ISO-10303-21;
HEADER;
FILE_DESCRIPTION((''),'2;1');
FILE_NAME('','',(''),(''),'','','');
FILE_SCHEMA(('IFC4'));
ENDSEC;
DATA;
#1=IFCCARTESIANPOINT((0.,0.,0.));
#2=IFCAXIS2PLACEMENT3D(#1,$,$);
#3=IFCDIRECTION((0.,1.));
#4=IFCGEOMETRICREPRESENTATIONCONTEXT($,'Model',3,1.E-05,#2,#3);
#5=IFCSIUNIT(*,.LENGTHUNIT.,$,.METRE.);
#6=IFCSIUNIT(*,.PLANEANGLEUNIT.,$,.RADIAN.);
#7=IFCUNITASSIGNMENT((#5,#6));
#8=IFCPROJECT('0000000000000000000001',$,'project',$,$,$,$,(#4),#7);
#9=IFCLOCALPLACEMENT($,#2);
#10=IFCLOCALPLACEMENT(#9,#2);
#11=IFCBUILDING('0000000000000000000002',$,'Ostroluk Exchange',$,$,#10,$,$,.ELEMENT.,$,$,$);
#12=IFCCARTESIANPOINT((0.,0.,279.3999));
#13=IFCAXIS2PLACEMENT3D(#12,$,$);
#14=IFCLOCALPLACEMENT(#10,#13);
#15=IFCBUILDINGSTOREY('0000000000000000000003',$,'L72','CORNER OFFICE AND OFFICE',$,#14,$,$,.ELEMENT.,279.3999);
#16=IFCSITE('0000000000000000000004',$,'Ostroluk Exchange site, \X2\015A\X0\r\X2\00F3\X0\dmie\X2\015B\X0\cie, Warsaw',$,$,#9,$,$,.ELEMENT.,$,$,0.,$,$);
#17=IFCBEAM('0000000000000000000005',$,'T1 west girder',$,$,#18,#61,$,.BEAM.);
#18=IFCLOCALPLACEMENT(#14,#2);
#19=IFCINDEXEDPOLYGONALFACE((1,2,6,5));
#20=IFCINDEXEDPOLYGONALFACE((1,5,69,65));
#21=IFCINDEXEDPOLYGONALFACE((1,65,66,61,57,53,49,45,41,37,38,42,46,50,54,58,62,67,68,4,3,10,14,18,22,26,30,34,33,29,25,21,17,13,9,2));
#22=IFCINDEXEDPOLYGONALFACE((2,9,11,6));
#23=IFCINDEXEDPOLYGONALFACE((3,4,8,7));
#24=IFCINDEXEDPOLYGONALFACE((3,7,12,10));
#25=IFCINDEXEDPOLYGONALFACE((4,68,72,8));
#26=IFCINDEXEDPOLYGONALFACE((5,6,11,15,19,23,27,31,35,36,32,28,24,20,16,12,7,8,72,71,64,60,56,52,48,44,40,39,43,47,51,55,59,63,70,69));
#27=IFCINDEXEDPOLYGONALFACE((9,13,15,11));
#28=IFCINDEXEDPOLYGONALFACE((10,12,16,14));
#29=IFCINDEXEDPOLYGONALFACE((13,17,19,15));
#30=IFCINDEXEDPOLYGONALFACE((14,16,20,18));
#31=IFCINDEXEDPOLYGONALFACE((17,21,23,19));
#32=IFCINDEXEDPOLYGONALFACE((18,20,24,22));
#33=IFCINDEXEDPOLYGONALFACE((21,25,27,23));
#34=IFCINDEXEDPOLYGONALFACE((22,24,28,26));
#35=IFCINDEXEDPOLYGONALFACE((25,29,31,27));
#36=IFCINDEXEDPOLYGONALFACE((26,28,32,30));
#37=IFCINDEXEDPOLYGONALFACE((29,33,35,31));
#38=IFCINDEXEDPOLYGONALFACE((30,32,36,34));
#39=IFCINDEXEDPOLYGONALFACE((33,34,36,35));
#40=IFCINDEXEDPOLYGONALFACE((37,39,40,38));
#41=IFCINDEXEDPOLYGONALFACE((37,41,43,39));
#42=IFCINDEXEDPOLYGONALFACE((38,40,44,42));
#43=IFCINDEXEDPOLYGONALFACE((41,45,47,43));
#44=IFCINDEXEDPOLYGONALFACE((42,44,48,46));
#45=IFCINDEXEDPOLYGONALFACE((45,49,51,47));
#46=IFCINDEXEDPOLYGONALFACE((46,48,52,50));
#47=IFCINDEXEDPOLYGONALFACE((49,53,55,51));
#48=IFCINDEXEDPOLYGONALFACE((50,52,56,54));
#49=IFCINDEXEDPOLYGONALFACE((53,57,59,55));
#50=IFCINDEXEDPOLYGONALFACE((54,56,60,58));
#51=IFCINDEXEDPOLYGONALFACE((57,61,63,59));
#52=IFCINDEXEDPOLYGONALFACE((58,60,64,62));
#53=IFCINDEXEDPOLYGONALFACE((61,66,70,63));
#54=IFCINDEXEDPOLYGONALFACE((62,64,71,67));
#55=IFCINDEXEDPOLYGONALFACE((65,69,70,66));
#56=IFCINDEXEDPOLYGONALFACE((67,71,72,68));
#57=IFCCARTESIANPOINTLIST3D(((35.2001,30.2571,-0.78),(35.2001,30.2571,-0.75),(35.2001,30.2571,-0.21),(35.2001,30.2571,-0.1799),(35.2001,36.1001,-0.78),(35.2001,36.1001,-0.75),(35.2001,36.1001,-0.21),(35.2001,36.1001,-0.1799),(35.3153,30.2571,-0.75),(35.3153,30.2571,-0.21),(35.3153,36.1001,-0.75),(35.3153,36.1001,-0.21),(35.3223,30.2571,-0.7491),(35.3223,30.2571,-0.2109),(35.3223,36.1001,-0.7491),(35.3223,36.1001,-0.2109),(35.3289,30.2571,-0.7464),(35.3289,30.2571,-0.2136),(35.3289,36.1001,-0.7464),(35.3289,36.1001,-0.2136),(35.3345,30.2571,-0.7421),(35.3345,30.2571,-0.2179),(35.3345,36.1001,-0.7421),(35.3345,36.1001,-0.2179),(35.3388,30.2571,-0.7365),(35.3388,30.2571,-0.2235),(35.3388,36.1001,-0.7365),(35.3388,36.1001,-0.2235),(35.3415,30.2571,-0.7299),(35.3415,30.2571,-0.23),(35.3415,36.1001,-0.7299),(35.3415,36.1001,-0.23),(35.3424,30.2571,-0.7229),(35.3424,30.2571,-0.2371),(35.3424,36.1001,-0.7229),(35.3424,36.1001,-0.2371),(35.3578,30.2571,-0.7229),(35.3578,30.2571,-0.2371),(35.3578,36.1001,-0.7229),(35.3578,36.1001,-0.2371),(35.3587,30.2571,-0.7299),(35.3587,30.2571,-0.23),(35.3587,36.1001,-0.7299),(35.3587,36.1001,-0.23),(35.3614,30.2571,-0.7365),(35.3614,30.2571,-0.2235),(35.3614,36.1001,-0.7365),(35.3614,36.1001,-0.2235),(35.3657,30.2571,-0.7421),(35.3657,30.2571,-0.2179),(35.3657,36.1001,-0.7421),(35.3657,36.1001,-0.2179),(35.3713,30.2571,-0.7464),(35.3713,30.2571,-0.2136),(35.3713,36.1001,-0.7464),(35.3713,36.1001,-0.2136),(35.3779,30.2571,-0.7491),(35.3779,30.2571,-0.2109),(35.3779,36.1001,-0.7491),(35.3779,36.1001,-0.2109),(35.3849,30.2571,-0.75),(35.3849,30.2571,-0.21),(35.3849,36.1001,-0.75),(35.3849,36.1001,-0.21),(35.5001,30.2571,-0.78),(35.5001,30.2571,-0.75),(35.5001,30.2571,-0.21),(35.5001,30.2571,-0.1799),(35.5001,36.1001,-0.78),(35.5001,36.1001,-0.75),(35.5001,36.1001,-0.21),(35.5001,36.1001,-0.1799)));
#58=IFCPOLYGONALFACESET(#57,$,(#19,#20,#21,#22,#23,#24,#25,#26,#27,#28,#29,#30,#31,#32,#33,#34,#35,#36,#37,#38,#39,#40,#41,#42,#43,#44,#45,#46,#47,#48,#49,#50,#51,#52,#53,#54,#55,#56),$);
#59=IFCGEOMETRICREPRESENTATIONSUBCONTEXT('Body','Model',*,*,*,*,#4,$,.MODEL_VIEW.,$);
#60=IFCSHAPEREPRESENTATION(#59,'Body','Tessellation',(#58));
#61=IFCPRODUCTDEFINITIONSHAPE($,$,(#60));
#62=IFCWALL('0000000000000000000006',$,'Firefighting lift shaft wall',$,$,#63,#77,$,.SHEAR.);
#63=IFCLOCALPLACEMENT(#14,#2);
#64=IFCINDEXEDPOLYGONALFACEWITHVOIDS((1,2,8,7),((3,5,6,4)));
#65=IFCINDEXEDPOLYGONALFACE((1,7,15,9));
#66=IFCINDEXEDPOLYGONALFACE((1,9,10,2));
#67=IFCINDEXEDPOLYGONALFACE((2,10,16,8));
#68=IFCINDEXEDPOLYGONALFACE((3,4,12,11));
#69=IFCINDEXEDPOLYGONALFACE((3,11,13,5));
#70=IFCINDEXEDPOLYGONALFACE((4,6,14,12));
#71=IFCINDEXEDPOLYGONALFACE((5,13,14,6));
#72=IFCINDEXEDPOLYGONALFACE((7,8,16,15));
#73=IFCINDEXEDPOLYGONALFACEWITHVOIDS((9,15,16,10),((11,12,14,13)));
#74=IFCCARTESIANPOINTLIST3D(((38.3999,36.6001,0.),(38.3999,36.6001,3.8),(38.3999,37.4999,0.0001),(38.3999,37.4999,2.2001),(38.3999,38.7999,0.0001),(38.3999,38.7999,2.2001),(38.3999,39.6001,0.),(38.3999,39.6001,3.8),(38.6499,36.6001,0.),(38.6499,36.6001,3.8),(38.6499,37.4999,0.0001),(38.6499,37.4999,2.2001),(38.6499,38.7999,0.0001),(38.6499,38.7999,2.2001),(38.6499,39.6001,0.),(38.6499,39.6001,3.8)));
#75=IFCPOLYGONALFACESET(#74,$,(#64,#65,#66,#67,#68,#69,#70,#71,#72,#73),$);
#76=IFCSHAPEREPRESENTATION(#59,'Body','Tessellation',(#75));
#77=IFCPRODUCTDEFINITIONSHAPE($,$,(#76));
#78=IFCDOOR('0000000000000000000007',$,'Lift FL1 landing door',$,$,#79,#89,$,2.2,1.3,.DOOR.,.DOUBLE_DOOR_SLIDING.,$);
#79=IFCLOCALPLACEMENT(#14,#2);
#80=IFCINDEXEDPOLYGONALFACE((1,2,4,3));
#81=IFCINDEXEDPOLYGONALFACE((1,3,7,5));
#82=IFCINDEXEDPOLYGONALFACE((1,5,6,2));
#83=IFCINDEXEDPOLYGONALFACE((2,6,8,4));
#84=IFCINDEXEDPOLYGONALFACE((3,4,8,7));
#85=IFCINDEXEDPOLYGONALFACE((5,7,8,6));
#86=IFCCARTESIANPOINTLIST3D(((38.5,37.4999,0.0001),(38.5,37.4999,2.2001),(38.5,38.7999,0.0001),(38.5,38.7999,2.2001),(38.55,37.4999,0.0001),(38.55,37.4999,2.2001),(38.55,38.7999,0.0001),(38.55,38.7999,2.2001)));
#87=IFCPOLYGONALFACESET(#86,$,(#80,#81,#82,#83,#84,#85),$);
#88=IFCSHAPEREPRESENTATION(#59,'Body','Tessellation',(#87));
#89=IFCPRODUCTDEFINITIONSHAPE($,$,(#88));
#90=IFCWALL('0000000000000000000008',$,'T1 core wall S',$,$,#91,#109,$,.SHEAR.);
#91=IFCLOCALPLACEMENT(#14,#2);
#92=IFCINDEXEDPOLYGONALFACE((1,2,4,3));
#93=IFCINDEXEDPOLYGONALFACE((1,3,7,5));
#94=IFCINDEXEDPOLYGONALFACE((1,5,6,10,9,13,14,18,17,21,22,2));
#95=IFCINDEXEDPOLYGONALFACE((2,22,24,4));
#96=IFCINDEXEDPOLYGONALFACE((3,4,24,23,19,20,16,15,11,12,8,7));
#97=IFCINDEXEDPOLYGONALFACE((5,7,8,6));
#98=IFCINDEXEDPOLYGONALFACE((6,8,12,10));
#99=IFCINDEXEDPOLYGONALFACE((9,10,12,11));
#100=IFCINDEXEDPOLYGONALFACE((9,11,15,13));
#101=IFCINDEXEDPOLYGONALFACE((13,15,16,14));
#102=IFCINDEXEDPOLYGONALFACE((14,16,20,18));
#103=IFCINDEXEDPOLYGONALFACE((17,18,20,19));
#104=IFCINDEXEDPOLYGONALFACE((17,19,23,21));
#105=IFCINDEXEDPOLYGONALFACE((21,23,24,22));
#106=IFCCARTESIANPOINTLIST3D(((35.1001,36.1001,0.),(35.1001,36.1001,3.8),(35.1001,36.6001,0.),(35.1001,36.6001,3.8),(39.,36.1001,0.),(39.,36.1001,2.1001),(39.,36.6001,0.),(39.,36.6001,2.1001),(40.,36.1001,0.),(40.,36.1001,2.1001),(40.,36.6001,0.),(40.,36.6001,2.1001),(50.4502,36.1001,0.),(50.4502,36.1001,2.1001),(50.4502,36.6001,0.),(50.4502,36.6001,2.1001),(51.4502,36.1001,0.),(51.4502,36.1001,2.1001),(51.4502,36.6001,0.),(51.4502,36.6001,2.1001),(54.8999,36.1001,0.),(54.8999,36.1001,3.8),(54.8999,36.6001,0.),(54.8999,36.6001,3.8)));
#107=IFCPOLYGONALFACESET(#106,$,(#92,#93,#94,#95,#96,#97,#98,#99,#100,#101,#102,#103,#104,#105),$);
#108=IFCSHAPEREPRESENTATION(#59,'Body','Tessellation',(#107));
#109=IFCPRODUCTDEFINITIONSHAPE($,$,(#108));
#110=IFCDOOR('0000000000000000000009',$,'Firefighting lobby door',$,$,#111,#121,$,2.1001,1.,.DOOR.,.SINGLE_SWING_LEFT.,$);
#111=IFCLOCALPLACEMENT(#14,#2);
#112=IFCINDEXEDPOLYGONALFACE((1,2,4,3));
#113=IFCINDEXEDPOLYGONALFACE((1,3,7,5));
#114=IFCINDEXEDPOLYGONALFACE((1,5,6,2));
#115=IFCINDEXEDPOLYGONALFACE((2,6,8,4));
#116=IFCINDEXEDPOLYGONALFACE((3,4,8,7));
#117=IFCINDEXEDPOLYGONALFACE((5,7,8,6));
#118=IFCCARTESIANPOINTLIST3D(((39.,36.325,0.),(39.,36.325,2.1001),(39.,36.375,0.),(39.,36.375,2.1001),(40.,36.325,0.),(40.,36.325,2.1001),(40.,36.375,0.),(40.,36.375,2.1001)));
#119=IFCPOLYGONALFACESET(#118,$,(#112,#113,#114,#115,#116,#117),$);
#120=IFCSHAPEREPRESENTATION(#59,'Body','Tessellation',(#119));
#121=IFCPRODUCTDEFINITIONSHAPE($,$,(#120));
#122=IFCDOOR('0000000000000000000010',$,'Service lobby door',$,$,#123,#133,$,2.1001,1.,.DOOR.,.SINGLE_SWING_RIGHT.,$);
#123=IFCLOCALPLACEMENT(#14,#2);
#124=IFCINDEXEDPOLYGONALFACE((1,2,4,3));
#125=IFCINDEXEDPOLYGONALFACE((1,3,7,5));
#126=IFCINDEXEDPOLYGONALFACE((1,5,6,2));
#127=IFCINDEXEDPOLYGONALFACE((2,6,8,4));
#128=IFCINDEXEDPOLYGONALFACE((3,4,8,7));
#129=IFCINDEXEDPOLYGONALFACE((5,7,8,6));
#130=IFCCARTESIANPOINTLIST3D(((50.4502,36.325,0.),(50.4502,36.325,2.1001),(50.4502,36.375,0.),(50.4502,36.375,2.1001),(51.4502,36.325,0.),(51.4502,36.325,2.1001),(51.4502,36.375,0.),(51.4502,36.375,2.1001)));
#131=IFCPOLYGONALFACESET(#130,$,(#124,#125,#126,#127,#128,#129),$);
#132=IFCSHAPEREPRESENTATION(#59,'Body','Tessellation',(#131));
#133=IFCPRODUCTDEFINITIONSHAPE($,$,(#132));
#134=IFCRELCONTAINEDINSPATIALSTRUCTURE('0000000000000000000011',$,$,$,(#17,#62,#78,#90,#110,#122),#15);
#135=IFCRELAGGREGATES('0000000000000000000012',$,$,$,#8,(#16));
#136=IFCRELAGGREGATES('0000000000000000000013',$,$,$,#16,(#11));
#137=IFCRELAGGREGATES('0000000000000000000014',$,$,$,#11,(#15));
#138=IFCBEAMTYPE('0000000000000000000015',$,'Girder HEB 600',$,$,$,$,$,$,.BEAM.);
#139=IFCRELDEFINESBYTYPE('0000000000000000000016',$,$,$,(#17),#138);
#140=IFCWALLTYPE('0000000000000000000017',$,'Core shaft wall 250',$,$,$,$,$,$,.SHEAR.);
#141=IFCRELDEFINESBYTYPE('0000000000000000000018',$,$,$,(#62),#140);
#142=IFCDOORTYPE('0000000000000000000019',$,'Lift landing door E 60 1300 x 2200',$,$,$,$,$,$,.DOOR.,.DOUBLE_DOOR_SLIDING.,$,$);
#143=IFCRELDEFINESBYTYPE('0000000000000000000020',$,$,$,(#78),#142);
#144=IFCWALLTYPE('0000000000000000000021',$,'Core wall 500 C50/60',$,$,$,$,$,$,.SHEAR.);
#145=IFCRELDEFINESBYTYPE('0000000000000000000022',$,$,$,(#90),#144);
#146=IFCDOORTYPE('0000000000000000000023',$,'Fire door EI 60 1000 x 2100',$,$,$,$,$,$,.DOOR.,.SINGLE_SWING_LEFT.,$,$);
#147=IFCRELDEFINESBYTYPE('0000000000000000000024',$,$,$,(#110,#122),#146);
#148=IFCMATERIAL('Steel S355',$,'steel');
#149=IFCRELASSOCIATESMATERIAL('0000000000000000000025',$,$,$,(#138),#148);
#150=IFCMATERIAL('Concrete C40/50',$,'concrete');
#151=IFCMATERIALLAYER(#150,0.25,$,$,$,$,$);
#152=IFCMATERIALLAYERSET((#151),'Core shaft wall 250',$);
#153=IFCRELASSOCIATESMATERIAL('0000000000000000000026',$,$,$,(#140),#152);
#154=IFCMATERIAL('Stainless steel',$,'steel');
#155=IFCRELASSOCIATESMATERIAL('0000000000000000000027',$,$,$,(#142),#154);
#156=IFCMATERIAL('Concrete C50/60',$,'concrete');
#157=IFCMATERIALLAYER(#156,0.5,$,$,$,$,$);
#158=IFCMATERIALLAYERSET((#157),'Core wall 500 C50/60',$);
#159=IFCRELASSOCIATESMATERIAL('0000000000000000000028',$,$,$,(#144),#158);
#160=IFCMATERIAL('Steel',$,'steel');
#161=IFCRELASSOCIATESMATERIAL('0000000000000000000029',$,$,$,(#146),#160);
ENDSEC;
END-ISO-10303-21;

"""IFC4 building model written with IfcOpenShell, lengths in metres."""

from ifc_helpers import new_model, si_unit, direction, frame, frame_2d, origin, origin_2d, place, context, subcontext, project, spatial, rectangle, i_section, extrude, material, layer, layer_set, material_profile, profile_set, type_object, element, fill, save


model = new_model("IFC4")

# Units and contexts
model_context = context("Model", 3, precision=1e-05, world=origin(), true_north=direction((0.0, 1.0)))
body_context = subcontext(model_context, "Body", "Model", "MODEL_VIEW")
ifc_project = project(units=[si_unit("LENGTHUNIT", "METRE"), si_unit("PLANEANGLEUNIT", "RADIAN")], contexts=[model_context])

# Site, building, storey
site_placement = place(None, origin())
site = spatial("IfcSite", under=ifc_project, at=site_placement, Name="Ostroluk Exchange site, Śródmieście, Warsaw", CompositionType="ELEMENT", RefElevation=0.0)
building_placement = place(site_placement, origin())
building = spatial("IfcBuilding", under=site, at=building_placement, Name="Ostroluk Exchange", CompositionType="ELEMENT")
storey_placement = place(building_placement, frame((0.0, 0.0, 279.3999)))
storey = spatial("IfcBuildingStorey", under=building, at=storey_placement, Name="L72", Description="CORNER OFFICE AND OFFICE", CompositionType="ELEMENT", Elevation=279.3999)

# Beam
ifc_material_1 = material(Name="Steel S355", Category="steel")
ifc_material_profile_1 = material_profile(ifc_material_1, i_section(OverallWidth=0.3, OverallDepth=0.6001, WebThickness=0.0154, FlangeThickness=0.03, FilletRadius=0.0271, at=origin_2d()), Name="HEB 600")
ifc_profile_set_1 = profile_set([ifc_material_profile_1], Name="Steel S355")
beam_type_1 = type_object("IfcBeamType", Name="Girder HEB 600", PredefinedType="BEAM", material=ifc_profile_set_1)
beam_1_placement = place(storey_placement, frame((35.3501, 36.1001, -0.48), z_axis=(0.0, -1.0, 0.0), x_axis=(1.0, 0.0, 0.0)))
element("IfcBeam", 1, at=beam_1_placement, inside=storey, type_object=beam_type_1, Name="T1 west girder", PredefinedType="BEAM", context=body_context, shape_type="SweptSolid", body=[
    extrude(i_section(OverallWidth=0.3, OverallDepth=0.6001, WebThickness=0.0154, FlangeThickness=0.03, FilletRadius=0.0271, at=origin_2d()), origin(), (0.0, 0.0, 1.0), 5.843),
])

# Wall, opening, door
ifc_material_2 = material(Name="Concrete C40/50", Category="concrete")
ifc_layer_1 = layer(ifc_material_2, 0.25)
ifc_layer_set_1 = layer_set([ifc_layer_1], Name="Core shaft wall 250")
wall_type_1 = type_object("IfcWallType", Name="Core shaft wall 250", PredefinedType="SHEAR", material=ifc_layer_set_1)
wall_1_placement = place(storey_placement, frame((38.5249, 36.6001, 0.0), z_axis=(0.0, 0.0, 1.0), x_axis=(0.0, 1.0, 0.0)))
wall_1 = element("IfcWall", 2, at=wall_1_placement, inside=storey, type_object=wall_type_1, Name="Firefighting lift shaft wall", PredefinedType="SHEAR", context=body_context, shape_type="SweptSolid", body=[
    extrude(rectangle(XDim=3.0, YDim=0.25, at=frame_2d((1.5, 0.0))), origin(), (0.0, 0.0, 1.0), 3.8),
])
opening_1_placement = place(wall_1_placement, frame((0.8999, 0.0, 0.0)))
opening_1 = element("IfcOpeningElement", 3, at=opening_1_placement, cuts=wall_1, PredefinedType="OPENING", context=body_context, shape_type="SweptSolid", body=[
    extrude(rectangle(XDim=1.3, YDim=2.2, at=frame_2d((0.6499, 1.1001))), frame((0.0, 0.135, 0.0), z_axis=(0.0, -1.0, 0.0), x_axis=(1.0, 0.0, 0.0)), (0.0, 0.0, 1.0), 0.27),
])
ifc_material_3 = material(Name="Stainless steel", Category="steel")
door_type_1 = type_object("IfcDoorType", Name="Lift landing door E 60 1300 x 2200", OperationType="DOUBLE_DOOR_SLIDING", PredefinedType="DOOR", material=ifc_material_3)
door_1_placement = place(opening_1_placement, origin())
door_1 = element("IfcDoor", 4, at=door_1_placement, inside=storey, type_object=door_type_1, Name="Lift FL1 landing door", OperationType="DOUBLE_DOOR_SLIDING", OverallHeight=2.2, OverallWidth=1.3, PredefinedType="DOOR", context=body_context, shape_type="SweptSolid", body=[
    extrude(rectangle(XDim=1.3, YDim=2.2, at=frame_2d((0.6499, 1.1001))), frame((0.0, 0.0249, 0.0), z_axis=(0.0, -1.0, 0.0), x_axis=(1.0, 0.0, 0.0)), (0.0, 0.0, 1.0), 0.05),
])
fill(opening_1, door_1)

# Wall, openings, doors
ifc_material_4 = material(Name="Concrete C50/60", Category="concrete")
ifc_layer_2 = layer(ifc_material_4, 0.5)
ifc_layer_set_2 = layer_set([ifc_layer_2], Name="Core wall 500 C50/60")
wall_type_2 = type_object("IfcWallType", Name="Core wall 500 C50/60", PredefinedType="SHEAR", material=ifc_layer_set_2)
wall_2_placement = place(storey_placement, frame((35.1001, 36.3501, 0.0), z_axis=(0.0, 0.0, 1.0), x_axis=(1.0, 0.0, 0.0)))
wall_2 = element("IfcWall", 5, at=wall_2_placement, inside=storey, type_object=wall_type_2, Name="T1 core wall S", PredefinedType="SHEAR", context=body_context, shape_type="SweptSolid", body=[
    extrude(rectangle(XDim=19.7998, YDim=0.5, at=frame_2d((9.8999, 0.0))), origin(), (0.0, 0.0, 1.0), 3.8),
])
opening_2_placement = place(wall_2_placement, frame((3.8999, 0.0, 0.0)))
opening_2 = element("IfcOpeningElement", 6, at=opening_2_placement, cuts=wall_2, PredefinedType="OPENING", context=body_context, shape_type="SweptSolid", body=[
    extrude(rectangle(XDim=1.0, YDim=2.1001, at=frame_2d((0.5, 1.05))), frame((0.0, 0.26, 0.0), z_axis=(0.0, -1.0, 0.0), x_axis=(1.0, 0.0, 0.0)), (0.0, 0.0, 1.0), 0.52),
])
opening_3_placement = place(wall_2_placement, frame((15.3501, 0.0, 0.0)))
opening_3 = element("IfcOpeningElement", 7, at=opening_3_placement, cuts=wall_2, PredefinedType="OPENING", context=body_context, shape_type="SweptSolid", body=[
    extrude(rectangle(XDim=1.0, YDim=2.1001, at=frame_2d((0.5, 1.05))), frame((0.0, 0.26, 0.0), z_axis=(0.0, -1.0, 0.0), x_axis=(1.0, 0.0, 0.0)), (0.0, 0.0, 1.0), 0.52),
])
ifc_material_5 = material(Name="Steel", Category="steel")
door_type_2 = type_object("IfcDoorType", Name="Fire door EI 60 1000 x 2100", OperationType="SINGLE_SWING_LEFT", PredefinedType="DOOR", material=ifc_material_5)
door_2_placement = place(opening_2_placement, origin())
door_2 = element("IfcDoor", 8, at=door_2_placement, inside=storey, type_object=door_type_2, Name="Firefighting lobby door", OperationType="SINGLE_SWING_LEFT", OverallHeight=2.1001, OverallWidth=1.0, PredefinedType="DOOR", context=body_context, shape_type="SweptSolid", body=[
    extrude(rectangle(XDim=1.0, YDim=2.1001, at=frame_2d((0.5, 1.05))), frame((0.0, 0.0249, 0.0), z_axis=(0.0, -1.0, 0.0), x_axis=(1.0, 0.0, 0.0)), (0.0, 0.0, 1.0), 0.05),
])
fill(opening_2, door_2)
door_3_placement = place(opening_3_placement, origin())
door_3 = element("IfcDoor", 9, at=door_3_placement, inside=storey, type_object=door_type_2, Name="Service lobby door", OperationType="SINGLE_SWING_RIGHT", OverallHeight=2.1001, OverallWidth=1.0, PredefinedType="DOOR", context=body_context, shape_type="SweptSolid", body=[
    extrude(rectangle(XDim=1.0, YDim=2.1001, at=frame_2d((0.5, 1.05))), frame((0.0, 0.0249, 0.0), z_axis=(0.0, -1.0, 0.0), x_axis=(1.0, 0.0, 0.0)), (0.0, 0.0, 1.0), 0.05),
])
fill(opening_3, door_3)

save(model, "model.ifc")
